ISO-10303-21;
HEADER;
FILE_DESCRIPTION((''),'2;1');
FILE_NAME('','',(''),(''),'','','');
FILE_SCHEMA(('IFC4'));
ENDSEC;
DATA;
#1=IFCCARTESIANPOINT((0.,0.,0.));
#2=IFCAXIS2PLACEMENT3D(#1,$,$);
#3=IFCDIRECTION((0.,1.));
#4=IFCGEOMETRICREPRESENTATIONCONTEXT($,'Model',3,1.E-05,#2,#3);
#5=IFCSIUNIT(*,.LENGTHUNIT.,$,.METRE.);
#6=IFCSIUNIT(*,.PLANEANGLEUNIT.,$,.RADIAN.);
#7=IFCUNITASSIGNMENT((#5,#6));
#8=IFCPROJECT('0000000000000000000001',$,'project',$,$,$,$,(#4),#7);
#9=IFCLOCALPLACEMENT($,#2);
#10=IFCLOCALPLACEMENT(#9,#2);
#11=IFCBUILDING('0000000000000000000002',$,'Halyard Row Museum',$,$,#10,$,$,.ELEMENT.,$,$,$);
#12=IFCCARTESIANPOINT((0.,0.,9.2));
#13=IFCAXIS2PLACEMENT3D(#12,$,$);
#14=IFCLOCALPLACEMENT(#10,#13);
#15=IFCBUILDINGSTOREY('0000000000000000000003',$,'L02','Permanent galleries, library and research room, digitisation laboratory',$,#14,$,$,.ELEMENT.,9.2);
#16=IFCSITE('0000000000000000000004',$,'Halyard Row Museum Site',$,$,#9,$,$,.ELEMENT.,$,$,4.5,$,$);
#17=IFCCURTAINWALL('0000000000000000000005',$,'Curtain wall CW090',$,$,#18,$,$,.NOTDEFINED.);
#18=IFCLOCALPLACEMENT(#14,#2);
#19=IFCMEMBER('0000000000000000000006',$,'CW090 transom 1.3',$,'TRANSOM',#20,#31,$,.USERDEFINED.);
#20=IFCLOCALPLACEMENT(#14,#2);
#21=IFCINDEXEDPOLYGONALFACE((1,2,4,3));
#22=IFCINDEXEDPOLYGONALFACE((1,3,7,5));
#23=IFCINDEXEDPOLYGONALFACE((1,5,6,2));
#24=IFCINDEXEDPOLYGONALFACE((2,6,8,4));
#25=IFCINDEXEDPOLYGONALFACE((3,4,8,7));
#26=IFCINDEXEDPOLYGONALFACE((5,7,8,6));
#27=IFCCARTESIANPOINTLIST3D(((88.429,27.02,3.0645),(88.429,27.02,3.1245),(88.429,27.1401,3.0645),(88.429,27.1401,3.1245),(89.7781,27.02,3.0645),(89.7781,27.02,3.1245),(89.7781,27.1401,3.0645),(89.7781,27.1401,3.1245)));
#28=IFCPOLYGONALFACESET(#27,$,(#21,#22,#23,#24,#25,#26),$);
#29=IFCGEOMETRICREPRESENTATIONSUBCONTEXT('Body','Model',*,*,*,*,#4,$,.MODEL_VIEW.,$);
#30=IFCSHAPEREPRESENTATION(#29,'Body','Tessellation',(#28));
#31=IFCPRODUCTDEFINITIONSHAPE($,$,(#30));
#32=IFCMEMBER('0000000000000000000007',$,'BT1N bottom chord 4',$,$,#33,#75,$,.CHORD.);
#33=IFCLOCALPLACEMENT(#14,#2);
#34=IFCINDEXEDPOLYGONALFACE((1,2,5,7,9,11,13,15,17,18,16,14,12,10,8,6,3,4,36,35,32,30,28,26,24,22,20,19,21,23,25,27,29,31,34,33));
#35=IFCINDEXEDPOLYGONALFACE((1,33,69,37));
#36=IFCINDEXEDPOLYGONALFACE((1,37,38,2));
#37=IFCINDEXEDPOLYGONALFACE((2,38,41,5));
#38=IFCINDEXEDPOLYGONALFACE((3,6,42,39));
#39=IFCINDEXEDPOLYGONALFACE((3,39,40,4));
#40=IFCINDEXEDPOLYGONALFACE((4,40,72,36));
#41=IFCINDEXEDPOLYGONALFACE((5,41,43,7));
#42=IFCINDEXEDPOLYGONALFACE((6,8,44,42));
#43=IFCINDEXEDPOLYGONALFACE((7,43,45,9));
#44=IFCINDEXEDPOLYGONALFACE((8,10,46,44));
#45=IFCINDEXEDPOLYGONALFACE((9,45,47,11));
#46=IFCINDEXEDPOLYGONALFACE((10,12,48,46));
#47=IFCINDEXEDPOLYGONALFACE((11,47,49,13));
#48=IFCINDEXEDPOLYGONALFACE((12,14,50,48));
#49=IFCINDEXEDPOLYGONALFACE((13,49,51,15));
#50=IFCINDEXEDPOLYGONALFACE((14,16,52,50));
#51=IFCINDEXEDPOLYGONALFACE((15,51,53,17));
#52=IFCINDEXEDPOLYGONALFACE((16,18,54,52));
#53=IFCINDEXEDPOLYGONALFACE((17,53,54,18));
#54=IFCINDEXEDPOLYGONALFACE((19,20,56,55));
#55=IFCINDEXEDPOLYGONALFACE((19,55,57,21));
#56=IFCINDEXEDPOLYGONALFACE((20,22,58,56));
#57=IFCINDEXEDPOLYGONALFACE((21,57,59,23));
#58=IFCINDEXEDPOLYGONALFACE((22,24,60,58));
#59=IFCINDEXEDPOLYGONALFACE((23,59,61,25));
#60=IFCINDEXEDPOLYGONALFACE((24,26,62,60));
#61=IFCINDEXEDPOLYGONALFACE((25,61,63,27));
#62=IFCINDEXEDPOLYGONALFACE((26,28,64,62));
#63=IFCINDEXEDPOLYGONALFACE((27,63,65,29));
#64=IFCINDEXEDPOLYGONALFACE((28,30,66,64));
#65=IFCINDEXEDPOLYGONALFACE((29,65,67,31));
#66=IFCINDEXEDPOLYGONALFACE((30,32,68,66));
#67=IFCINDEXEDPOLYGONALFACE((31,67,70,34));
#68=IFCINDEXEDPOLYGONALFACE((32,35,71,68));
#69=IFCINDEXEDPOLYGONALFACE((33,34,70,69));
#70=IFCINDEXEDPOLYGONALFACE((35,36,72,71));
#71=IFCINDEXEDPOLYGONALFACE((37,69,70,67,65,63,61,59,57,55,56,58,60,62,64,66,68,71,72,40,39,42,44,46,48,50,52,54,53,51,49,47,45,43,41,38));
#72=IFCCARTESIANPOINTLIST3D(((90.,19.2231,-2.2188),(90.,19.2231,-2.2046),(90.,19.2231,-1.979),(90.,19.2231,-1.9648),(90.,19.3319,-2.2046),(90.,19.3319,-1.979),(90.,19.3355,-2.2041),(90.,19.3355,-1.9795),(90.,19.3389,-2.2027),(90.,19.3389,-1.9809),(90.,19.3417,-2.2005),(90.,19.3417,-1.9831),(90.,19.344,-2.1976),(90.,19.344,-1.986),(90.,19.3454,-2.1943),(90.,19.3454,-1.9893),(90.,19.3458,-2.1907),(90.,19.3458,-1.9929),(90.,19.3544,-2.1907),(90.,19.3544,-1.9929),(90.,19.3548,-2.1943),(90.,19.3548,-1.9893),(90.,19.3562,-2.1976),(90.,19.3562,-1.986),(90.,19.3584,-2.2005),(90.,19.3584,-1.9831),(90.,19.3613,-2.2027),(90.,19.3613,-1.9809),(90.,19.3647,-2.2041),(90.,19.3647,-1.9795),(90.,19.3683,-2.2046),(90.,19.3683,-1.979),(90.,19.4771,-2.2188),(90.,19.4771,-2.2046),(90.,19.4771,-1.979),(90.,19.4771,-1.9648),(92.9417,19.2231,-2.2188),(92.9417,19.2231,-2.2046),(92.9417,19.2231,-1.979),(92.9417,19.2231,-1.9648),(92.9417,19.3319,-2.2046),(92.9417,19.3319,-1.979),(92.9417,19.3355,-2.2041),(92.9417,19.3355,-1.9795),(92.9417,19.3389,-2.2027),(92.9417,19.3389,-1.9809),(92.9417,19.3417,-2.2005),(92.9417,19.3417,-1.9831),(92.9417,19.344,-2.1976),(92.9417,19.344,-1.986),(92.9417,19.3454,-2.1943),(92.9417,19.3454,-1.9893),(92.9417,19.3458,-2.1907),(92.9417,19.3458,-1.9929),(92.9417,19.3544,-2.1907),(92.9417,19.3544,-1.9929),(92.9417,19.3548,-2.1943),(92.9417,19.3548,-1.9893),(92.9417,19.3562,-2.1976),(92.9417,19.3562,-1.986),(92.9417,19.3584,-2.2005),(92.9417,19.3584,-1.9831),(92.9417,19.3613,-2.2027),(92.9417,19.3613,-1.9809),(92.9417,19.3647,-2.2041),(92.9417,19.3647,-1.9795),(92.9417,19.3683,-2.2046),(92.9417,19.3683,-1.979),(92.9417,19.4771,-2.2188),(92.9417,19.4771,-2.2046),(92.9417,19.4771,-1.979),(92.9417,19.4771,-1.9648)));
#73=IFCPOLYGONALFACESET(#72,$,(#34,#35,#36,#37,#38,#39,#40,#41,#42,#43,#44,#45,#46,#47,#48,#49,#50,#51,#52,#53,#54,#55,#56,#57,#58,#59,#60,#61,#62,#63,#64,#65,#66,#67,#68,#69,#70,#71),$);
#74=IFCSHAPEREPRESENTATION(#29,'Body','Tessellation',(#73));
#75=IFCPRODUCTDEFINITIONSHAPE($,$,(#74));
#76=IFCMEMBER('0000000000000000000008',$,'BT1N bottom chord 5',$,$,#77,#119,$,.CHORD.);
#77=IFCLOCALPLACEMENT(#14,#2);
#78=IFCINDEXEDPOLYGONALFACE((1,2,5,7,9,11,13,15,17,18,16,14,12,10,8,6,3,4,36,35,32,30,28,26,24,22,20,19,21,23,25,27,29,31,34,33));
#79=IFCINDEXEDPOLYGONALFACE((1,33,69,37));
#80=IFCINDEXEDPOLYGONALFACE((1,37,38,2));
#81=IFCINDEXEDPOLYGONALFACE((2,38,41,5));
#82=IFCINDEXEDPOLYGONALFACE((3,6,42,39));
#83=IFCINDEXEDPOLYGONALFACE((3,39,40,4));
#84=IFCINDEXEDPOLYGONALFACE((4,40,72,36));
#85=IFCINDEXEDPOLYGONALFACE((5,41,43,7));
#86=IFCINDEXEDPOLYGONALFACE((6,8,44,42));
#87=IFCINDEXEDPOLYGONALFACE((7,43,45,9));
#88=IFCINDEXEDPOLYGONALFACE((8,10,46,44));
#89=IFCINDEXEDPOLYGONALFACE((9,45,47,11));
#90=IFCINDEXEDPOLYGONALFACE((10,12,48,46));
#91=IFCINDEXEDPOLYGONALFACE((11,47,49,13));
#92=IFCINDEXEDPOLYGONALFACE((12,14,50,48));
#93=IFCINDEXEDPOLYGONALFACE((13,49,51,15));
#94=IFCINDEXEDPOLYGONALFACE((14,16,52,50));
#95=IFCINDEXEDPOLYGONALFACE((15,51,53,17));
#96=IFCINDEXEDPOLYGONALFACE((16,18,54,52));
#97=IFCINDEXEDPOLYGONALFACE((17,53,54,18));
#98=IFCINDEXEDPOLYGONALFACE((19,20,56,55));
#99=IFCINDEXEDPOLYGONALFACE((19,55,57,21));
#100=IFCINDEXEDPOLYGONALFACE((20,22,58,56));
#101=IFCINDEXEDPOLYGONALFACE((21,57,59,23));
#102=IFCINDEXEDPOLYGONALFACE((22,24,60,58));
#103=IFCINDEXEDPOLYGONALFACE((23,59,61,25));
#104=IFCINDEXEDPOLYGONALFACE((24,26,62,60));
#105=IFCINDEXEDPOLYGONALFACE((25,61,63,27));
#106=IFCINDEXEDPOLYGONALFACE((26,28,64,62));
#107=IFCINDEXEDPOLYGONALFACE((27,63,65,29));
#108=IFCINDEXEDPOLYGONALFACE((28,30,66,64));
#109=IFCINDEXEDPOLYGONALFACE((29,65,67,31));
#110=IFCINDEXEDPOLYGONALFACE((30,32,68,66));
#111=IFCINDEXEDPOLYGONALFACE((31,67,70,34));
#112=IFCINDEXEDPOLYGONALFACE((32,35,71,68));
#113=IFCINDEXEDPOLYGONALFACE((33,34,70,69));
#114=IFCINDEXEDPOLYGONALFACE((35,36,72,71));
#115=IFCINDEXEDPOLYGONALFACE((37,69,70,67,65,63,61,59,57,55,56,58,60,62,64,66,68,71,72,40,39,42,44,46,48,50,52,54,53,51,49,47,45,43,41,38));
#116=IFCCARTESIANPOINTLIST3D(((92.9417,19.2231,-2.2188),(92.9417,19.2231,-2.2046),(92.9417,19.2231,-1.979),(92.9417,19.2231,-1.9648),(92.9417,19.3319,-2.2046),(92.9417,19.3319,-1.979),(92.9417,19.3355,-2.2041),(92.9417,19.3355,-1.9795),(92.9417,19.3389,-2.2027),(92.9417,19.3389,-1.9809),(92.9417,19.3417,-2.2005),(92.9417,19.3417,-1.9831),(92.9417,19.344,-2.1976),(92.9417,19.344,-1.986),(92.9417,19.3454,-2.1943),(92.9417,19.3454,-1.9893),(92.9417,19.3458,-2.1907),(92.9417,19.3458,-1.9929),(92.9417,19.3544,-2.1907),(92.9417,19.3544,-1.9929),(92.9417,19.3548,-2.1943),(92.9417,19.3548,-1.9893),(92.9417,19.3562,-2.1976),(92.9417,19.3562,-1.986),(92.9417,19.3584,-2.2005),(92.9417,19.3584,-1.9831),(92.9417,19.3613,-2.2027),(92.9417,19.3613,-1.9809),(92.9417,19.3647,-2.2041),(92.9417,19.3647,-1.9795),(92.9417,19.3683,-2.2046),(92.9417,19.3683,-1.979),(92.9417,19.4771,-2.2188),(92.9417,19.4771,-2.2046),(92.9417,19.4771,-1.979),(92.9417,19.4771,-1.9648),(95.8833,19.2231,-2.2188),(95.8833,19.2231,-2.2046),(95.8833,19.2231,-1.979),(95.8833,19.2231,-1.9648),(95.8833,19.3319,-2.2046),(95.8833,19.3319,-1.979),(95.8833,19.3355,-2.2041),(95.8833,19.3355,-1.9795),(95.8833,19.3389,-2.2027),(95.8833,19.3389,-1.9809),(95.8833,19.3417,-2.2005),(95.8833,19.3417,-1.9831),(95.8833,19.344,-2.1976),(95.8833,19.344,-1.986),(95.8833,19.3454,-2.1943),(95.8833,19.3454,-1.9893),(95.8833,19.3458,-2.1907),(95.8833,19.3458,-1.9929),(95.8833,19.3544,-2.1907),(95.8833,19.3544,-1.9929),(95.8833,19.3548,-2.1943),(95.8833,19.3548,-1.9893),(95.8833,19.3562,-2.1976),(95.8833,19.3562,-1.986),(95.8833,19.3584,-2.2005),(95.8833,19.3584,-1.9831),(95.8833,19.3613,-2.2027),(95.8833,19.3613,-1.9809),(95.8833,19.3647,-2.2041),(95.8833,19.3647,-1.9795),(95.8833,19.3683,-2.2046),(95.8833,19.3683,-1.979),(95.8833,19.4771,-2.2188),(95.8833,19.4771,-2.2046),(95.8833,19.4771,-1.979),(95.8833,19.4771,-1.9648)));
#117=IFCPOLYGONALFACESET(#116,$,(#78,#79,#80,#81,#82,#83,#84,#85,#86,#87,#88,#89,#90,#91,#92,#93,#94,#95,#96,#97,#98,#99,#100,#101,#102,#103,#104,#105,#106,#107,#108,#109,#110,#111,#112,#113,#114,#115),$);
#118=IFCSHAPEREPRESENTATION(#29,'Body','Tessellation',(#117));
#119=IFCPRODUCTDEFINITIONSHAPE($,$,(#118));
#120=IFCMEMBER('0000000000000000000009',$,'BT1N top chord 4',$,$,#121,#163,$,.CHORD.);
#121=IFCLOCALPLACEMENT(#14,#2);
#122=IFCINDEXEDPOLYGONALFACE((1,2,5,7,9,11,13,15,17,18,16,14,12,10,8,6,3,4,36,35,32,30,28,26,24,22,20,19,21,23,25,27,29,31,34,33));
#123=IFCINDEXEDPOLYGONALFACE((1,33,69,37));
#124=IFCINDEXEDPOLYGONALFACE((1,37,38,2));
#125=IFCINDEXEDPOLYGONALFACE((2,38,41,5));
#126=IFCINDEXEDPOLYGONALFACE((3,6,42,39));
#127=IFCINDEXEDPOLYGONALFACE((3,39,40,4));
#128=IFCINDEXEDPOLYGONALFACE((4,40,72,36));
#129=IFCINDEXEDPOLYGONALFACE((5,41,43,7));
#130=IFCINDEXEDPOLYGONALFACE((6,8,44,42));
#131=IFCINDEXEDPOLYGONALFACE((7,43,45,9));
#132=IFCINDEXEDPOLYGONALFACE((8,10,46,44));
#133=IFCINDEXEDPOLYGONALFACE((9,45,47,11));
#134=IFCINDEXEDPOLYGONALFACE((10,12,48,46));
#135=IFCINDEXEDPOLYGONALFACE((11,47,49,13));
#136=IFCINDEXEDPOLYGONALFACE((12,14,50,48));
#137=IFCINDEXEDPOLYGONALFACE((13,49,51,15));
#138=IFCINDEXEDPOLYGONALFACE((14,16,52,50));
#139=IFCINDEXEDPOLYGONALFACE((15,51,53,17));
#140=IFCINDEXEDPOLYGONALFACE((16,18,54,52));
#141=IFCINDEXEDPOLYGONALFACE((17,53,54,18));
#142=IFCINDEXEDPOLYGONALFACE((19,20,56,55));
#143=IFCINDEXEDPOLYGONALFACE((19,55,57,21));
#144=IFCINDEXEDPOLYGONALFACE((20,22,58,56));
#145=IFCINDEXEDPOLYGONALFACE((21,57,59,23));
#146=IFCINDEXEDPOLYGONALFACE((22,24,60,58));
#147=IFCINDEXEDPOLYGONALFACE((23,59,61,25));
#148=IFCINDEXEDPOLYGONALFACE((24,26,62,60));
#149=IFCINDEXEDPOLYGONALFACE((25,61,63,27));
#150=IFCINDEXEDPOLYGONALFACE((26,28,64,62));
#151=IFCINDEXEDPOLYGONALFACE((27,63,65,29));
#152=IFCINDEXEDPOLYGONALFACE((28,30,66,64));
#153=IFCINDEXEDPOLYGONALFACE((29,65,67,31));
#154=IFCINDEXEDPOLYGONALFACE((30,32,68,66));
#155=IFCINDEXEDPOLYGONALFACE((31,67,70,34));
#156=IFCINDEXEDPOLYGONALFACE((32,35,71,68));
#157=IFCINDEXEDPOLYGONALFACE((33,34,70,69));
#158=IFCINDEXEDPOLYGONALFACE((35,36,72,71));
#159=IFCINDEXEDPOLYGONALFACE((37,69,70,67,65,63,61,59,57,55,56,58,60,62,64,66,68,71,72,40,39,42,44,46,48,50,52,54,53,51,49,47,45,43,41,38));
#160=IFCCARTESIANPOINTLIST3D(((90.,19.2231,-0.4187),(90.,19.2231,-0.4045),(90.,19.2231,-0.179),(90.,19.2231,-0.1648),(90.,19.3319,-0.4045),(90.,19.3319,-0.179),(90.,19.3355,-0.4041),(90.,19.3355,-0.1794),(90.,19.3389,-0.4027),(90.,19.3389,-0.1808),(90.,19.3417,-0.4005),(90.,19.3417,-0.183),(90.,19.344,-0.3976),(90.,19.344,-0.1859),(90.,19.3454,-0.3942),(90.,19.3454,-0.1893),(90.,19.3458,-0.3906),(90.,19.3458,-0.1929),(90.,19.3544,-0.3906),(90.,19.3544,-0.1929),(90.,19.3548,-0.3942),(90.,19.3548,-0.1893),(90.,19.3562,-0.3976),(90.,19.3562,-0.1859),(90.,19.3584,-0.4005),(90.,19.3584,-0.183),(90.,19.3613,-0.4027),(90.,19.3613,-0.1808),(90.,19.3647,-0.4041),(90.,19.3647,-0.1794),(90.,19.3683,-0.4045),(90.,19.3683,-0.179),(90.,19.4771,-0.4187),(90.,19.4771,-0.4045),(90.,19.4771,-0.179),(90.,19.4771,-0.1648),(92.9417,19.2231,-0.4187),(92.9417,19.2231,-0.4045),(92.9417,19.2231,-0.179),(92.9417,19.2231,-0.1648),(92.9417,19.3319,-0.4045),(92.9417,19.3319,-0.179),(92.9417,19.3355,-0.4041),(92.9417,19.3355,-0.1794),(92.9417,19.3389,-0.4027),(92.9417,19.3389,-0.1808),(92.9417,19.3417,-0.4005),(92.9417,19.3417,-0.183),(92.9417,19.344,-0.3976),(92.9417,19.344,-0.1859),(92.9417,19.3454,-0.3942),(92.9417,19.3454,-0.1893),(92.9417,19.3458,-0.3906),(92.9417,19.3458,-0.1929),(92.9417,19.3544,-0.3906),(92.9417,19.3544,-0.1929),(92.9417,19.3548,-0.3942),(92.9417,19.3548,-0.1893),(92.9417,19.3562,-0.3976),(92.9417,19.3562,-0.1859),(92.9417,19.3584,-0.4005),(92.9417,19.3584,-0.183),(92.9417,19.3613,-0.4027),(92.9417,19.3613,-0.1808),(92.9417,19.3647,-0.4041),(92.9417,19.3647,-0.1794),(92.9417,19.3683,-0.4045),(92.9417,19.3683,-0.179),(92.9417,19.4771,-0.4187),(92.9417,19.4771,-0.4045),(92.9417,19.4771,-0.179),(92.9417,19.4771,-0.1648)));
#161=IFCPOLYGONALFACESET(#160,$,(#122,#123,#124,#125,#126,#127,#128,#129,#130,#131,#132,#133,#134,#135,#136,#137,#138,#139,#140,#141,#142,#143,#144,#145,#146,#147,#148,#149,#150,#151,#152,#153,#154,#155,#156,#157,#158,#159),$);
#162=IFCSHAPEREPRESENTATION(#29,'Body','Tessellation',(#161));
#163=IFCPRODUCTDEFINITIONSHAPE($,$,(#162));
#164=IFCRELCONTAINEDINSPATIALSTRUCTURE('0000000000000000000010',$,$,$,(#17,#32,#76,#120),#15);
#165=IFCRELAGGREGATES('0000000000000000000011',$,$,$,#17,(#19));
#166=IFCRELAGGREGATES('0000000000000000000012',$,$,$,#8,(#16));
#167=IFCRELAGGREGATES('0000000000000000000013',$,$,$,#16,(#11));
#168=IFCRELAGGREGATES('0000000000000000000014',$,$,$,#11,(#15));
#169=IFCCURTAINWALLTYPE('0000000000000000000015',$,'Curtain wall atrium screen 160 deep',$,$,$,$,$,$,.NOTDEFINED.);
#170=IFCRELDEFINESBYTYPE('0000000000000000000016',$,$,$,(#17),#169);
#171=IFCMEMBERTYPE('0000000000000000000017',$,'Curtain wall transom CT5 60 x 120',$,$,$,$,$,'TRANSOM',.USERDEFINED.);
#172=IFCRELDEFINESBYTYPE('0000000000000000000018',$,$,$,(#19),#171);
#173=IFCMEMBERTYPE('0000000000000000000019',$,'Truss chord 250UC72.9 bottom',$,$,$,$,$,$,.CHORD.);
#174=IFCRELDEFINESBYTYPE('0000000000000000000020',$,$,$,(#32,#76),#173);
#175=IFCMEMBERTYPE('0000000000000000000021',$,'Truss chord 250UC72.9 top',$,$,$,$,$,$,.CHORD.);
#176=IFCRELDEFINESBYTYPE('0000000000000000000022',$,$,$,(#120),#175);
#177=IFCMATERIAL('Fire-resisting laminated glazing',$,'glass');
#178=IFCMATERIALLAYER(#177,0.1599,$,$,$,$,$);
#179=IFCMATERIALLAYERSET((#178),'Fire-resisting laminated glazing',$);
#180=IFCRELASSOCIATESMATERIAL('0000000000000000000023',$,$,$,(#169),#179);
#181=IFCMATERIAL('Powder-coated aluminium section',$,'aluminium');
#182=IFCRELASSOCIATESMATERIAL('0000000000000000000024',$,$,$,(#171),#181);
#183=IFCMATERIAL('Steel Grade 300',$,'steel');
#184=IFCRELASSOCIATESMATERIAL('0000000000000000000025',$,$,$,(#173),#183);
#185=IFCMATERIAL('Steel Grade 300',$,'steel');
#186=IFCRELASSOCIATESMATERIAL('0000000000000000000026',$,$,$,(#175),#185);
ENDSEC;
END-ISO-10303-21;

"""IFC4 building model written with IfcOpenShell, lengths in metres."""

from ifc_helpers import new_model, si_unit, direction, frame, origin, origin_2d, place, context, subcontext, project, spatial, rectangle, i_section, extrude, material, layer, layer_set, material_profile, profile_set, type_object, element, aggregate, save


model = new_model("IFC4")

# Units and contexts
model_context = context("Model", 3, precision=1e-05, world=origin(), true_north=direction((0.0, 1.0)))
body_context = subcontext(model_context, "Body", "Model", "MODEL_VIEW")
ifc_project = project(units=[si_unit("LENGTHUNIT", "METRE"), si_unit("PLANEANGLEUNIT", "RADIAN")], contexts=[model_context])

# Site, building, storey
site_placement = place(None, origin())
site = spatial("IfcSite", under=ifc_project, at=site_placement, Name="Halyard Row Museum Site", CompositionType="ELEMENT", RefElevation=4.5)
building_placement = place(site_placement, origin())
building = spatial("IfcBuilding", under=site, at=building_placement, Name="Halyard Row Museum", CompositionType="ELEMENT")
storey_placement = place(building_placement, frame((0.0, 0.0, 9.2)))
storey = spatial("IfcBuildingStorey", under=building, at=storey_placement, Name="L02", Description="Permanent galleries, library and research room, digitisation laboratory", CompositionType="ELEMENT", Elevation=9.2)

# Shared definitions
ifc_material_1 = material(Name="Fire-resisting laminated glazing", Category="glass")
ifc_layer_1 = layer(ifc_material_1, 0.1599)
ifc_layer_set_1 = layer_set([ifc_layer_1], Name="Fire-resisting laminated glazing")
curtain_wall_type = type_object("IfcCurtainWallType", Name="Curtain wall atrium screen 160 deep", PredefinedType="NOTDEFINED", material=ifc_layer_set_1)

# Curtain wall
curtain_wall_1_placement = place(storey_placement, origin())
curtain_wall_1 = element("IfcCurtainWall", 1, at=curtain_wall_1_placement, inside=storey, type_object=curtain_wall_type, Name="Curtain wall CW090", PredefinedType="NOTDEFINED")

# Member
ifc_material_2 = material(Name="Powder-coated aluminium section", Category="aluminium")
ifc_material_profile_1 = material_profile(ifc_material_2, rectangle(XDim=0.1201, YDim=0.0601, at=origin_2d()), Name="120x60 transom")
ifc_profile_set_1 = profile_set([ifc_material_profile_1], Name="Powder-coated aluminium section")
member_type_1 = type_object("IfcMemberType", Name="Curtain wall transom CT5 60 x 120", ElementType="TRANSOM", PredefinedType="USERDEFINED", material=ifc_profile_set_1)
member_1_placement = place(storey_placement, frame((89.7781, 27.0801, 3.0945), z_axis=(-1.0, 0.0, 0.0), x_axis=(0.0, -1.0, 0.0)))
member_1 = element("IfcMember", 2, at=member_1_placement, type_object=member_type_1, Name="CW090 transom 1.3", ObjectType="TRANSOM", PredefinedType="USERDEFINED", context=body_context, shape_type="SweptSolid", body=[
    extrude(rectangle(XDim=0.1201, YDim=0.0601, at=origin_2d()), origin(), (0.0, 0.0, 1.0), 1.3491),
])

# Members
ifc_material_3 = material(Name="Steel Grade 300", Category="steel")
ifc_material_profile_2 = material_profile(ifc_material_3, i_section(OverallWidth=0.2539, OverallDepth=0.2539, WebThickness=0.0085, FlangeThickness=0.0142, FilletRadius=0.0139, at=origin_2d()), Name="250UC72.9")
ifc_profile_set_2 = profile_set([ifc_material_profile_2], Name="Steel Grade 300")
member_type_2 = type_object("IfcMemberType", Name="Truss chord 250UC72.9 bottom", PredefinedType="CHORD", material=ifc_profile_set_2)
for number, where, z_axis, x_axis, name in (
    (3, (90.0, 19.3501, -2.0918), (1.0, 0.0, 0.0), (0.0, 1.0, 0.0), "BT1N bottom chord 4"),
    (4, (92.9417, 19.3501, -2.0918), (1.0, 0.0, 0.0), (0.0, 1.0, 0.0), "BT1N bottom chord 5"),
):
    element("IfcMember", number, at=place(storey_placement, frame(where, z_axis=z_axis, x_axis=x_axis)), inside=storey, type_object=member_type_2, Name=name, PredefinedType="CHORD", context=body_context, shape_type="SweptSolid", body=[
        extrude(i_section(OverallWidth=0.2539, OverallDepth=0.2539, WebThickness=0.0085, FlangeThickness=0.0142, FilletRadius=0.0139, at=origin_2d()), origin(), (0.0, 0.0, 1.0), 2.9417),
    ])
ifc_material_4 = material(Name="Steel Grade 300", Category="steel")
ifc_material_profile_3 = material_profile(ifc_material_4, i_section(OverallWidth=0.2539, OverallDepth=0.2539, WebThickness=0.0085, FlangeThickness=0.0142, FilletRadius=0.0139, at=origin_2d()), Name="250UC72.9")
ifc_profile_set_3 = profile_set([ifc_material_profile_3], Name="Steel Grade 300")
member_type_3 = type_object("IfcMemberType", Name="Truss chord 250UC72.9 top", PredefinedType="CHORD", material=ifc_profile_set_3)
for number, where, z_axis, x_axis, name in (
    (5, (90.0, 19.3501, -0.2917), (1.0, 0.0, 0.0), (0.0, 1.0, 0.0), "BT1N top chord 4"),
):
    element("IfcMember", number, at=place(storey_placement, frame(where, z_axis=z_axis, x_axis=x_axis)), inside=storey, type_object=member_type_3, Name=name, PredefinedType="CHORD", context=body_context, shape_type="SweptSolid", body=[
        extrude(i_section(OverallWidth=0.2539, OverallDepth=0.2539, WebThickness=0.0085, FlangeThickness=0.0142, FilletRadius=0.0139, at=origin_2d()), origin(), (0.0, 0.0, 1.0), 2.9417),
    ])

aggregate(curtain_wall_1, [member_1])

save(model, "model.ifc")
